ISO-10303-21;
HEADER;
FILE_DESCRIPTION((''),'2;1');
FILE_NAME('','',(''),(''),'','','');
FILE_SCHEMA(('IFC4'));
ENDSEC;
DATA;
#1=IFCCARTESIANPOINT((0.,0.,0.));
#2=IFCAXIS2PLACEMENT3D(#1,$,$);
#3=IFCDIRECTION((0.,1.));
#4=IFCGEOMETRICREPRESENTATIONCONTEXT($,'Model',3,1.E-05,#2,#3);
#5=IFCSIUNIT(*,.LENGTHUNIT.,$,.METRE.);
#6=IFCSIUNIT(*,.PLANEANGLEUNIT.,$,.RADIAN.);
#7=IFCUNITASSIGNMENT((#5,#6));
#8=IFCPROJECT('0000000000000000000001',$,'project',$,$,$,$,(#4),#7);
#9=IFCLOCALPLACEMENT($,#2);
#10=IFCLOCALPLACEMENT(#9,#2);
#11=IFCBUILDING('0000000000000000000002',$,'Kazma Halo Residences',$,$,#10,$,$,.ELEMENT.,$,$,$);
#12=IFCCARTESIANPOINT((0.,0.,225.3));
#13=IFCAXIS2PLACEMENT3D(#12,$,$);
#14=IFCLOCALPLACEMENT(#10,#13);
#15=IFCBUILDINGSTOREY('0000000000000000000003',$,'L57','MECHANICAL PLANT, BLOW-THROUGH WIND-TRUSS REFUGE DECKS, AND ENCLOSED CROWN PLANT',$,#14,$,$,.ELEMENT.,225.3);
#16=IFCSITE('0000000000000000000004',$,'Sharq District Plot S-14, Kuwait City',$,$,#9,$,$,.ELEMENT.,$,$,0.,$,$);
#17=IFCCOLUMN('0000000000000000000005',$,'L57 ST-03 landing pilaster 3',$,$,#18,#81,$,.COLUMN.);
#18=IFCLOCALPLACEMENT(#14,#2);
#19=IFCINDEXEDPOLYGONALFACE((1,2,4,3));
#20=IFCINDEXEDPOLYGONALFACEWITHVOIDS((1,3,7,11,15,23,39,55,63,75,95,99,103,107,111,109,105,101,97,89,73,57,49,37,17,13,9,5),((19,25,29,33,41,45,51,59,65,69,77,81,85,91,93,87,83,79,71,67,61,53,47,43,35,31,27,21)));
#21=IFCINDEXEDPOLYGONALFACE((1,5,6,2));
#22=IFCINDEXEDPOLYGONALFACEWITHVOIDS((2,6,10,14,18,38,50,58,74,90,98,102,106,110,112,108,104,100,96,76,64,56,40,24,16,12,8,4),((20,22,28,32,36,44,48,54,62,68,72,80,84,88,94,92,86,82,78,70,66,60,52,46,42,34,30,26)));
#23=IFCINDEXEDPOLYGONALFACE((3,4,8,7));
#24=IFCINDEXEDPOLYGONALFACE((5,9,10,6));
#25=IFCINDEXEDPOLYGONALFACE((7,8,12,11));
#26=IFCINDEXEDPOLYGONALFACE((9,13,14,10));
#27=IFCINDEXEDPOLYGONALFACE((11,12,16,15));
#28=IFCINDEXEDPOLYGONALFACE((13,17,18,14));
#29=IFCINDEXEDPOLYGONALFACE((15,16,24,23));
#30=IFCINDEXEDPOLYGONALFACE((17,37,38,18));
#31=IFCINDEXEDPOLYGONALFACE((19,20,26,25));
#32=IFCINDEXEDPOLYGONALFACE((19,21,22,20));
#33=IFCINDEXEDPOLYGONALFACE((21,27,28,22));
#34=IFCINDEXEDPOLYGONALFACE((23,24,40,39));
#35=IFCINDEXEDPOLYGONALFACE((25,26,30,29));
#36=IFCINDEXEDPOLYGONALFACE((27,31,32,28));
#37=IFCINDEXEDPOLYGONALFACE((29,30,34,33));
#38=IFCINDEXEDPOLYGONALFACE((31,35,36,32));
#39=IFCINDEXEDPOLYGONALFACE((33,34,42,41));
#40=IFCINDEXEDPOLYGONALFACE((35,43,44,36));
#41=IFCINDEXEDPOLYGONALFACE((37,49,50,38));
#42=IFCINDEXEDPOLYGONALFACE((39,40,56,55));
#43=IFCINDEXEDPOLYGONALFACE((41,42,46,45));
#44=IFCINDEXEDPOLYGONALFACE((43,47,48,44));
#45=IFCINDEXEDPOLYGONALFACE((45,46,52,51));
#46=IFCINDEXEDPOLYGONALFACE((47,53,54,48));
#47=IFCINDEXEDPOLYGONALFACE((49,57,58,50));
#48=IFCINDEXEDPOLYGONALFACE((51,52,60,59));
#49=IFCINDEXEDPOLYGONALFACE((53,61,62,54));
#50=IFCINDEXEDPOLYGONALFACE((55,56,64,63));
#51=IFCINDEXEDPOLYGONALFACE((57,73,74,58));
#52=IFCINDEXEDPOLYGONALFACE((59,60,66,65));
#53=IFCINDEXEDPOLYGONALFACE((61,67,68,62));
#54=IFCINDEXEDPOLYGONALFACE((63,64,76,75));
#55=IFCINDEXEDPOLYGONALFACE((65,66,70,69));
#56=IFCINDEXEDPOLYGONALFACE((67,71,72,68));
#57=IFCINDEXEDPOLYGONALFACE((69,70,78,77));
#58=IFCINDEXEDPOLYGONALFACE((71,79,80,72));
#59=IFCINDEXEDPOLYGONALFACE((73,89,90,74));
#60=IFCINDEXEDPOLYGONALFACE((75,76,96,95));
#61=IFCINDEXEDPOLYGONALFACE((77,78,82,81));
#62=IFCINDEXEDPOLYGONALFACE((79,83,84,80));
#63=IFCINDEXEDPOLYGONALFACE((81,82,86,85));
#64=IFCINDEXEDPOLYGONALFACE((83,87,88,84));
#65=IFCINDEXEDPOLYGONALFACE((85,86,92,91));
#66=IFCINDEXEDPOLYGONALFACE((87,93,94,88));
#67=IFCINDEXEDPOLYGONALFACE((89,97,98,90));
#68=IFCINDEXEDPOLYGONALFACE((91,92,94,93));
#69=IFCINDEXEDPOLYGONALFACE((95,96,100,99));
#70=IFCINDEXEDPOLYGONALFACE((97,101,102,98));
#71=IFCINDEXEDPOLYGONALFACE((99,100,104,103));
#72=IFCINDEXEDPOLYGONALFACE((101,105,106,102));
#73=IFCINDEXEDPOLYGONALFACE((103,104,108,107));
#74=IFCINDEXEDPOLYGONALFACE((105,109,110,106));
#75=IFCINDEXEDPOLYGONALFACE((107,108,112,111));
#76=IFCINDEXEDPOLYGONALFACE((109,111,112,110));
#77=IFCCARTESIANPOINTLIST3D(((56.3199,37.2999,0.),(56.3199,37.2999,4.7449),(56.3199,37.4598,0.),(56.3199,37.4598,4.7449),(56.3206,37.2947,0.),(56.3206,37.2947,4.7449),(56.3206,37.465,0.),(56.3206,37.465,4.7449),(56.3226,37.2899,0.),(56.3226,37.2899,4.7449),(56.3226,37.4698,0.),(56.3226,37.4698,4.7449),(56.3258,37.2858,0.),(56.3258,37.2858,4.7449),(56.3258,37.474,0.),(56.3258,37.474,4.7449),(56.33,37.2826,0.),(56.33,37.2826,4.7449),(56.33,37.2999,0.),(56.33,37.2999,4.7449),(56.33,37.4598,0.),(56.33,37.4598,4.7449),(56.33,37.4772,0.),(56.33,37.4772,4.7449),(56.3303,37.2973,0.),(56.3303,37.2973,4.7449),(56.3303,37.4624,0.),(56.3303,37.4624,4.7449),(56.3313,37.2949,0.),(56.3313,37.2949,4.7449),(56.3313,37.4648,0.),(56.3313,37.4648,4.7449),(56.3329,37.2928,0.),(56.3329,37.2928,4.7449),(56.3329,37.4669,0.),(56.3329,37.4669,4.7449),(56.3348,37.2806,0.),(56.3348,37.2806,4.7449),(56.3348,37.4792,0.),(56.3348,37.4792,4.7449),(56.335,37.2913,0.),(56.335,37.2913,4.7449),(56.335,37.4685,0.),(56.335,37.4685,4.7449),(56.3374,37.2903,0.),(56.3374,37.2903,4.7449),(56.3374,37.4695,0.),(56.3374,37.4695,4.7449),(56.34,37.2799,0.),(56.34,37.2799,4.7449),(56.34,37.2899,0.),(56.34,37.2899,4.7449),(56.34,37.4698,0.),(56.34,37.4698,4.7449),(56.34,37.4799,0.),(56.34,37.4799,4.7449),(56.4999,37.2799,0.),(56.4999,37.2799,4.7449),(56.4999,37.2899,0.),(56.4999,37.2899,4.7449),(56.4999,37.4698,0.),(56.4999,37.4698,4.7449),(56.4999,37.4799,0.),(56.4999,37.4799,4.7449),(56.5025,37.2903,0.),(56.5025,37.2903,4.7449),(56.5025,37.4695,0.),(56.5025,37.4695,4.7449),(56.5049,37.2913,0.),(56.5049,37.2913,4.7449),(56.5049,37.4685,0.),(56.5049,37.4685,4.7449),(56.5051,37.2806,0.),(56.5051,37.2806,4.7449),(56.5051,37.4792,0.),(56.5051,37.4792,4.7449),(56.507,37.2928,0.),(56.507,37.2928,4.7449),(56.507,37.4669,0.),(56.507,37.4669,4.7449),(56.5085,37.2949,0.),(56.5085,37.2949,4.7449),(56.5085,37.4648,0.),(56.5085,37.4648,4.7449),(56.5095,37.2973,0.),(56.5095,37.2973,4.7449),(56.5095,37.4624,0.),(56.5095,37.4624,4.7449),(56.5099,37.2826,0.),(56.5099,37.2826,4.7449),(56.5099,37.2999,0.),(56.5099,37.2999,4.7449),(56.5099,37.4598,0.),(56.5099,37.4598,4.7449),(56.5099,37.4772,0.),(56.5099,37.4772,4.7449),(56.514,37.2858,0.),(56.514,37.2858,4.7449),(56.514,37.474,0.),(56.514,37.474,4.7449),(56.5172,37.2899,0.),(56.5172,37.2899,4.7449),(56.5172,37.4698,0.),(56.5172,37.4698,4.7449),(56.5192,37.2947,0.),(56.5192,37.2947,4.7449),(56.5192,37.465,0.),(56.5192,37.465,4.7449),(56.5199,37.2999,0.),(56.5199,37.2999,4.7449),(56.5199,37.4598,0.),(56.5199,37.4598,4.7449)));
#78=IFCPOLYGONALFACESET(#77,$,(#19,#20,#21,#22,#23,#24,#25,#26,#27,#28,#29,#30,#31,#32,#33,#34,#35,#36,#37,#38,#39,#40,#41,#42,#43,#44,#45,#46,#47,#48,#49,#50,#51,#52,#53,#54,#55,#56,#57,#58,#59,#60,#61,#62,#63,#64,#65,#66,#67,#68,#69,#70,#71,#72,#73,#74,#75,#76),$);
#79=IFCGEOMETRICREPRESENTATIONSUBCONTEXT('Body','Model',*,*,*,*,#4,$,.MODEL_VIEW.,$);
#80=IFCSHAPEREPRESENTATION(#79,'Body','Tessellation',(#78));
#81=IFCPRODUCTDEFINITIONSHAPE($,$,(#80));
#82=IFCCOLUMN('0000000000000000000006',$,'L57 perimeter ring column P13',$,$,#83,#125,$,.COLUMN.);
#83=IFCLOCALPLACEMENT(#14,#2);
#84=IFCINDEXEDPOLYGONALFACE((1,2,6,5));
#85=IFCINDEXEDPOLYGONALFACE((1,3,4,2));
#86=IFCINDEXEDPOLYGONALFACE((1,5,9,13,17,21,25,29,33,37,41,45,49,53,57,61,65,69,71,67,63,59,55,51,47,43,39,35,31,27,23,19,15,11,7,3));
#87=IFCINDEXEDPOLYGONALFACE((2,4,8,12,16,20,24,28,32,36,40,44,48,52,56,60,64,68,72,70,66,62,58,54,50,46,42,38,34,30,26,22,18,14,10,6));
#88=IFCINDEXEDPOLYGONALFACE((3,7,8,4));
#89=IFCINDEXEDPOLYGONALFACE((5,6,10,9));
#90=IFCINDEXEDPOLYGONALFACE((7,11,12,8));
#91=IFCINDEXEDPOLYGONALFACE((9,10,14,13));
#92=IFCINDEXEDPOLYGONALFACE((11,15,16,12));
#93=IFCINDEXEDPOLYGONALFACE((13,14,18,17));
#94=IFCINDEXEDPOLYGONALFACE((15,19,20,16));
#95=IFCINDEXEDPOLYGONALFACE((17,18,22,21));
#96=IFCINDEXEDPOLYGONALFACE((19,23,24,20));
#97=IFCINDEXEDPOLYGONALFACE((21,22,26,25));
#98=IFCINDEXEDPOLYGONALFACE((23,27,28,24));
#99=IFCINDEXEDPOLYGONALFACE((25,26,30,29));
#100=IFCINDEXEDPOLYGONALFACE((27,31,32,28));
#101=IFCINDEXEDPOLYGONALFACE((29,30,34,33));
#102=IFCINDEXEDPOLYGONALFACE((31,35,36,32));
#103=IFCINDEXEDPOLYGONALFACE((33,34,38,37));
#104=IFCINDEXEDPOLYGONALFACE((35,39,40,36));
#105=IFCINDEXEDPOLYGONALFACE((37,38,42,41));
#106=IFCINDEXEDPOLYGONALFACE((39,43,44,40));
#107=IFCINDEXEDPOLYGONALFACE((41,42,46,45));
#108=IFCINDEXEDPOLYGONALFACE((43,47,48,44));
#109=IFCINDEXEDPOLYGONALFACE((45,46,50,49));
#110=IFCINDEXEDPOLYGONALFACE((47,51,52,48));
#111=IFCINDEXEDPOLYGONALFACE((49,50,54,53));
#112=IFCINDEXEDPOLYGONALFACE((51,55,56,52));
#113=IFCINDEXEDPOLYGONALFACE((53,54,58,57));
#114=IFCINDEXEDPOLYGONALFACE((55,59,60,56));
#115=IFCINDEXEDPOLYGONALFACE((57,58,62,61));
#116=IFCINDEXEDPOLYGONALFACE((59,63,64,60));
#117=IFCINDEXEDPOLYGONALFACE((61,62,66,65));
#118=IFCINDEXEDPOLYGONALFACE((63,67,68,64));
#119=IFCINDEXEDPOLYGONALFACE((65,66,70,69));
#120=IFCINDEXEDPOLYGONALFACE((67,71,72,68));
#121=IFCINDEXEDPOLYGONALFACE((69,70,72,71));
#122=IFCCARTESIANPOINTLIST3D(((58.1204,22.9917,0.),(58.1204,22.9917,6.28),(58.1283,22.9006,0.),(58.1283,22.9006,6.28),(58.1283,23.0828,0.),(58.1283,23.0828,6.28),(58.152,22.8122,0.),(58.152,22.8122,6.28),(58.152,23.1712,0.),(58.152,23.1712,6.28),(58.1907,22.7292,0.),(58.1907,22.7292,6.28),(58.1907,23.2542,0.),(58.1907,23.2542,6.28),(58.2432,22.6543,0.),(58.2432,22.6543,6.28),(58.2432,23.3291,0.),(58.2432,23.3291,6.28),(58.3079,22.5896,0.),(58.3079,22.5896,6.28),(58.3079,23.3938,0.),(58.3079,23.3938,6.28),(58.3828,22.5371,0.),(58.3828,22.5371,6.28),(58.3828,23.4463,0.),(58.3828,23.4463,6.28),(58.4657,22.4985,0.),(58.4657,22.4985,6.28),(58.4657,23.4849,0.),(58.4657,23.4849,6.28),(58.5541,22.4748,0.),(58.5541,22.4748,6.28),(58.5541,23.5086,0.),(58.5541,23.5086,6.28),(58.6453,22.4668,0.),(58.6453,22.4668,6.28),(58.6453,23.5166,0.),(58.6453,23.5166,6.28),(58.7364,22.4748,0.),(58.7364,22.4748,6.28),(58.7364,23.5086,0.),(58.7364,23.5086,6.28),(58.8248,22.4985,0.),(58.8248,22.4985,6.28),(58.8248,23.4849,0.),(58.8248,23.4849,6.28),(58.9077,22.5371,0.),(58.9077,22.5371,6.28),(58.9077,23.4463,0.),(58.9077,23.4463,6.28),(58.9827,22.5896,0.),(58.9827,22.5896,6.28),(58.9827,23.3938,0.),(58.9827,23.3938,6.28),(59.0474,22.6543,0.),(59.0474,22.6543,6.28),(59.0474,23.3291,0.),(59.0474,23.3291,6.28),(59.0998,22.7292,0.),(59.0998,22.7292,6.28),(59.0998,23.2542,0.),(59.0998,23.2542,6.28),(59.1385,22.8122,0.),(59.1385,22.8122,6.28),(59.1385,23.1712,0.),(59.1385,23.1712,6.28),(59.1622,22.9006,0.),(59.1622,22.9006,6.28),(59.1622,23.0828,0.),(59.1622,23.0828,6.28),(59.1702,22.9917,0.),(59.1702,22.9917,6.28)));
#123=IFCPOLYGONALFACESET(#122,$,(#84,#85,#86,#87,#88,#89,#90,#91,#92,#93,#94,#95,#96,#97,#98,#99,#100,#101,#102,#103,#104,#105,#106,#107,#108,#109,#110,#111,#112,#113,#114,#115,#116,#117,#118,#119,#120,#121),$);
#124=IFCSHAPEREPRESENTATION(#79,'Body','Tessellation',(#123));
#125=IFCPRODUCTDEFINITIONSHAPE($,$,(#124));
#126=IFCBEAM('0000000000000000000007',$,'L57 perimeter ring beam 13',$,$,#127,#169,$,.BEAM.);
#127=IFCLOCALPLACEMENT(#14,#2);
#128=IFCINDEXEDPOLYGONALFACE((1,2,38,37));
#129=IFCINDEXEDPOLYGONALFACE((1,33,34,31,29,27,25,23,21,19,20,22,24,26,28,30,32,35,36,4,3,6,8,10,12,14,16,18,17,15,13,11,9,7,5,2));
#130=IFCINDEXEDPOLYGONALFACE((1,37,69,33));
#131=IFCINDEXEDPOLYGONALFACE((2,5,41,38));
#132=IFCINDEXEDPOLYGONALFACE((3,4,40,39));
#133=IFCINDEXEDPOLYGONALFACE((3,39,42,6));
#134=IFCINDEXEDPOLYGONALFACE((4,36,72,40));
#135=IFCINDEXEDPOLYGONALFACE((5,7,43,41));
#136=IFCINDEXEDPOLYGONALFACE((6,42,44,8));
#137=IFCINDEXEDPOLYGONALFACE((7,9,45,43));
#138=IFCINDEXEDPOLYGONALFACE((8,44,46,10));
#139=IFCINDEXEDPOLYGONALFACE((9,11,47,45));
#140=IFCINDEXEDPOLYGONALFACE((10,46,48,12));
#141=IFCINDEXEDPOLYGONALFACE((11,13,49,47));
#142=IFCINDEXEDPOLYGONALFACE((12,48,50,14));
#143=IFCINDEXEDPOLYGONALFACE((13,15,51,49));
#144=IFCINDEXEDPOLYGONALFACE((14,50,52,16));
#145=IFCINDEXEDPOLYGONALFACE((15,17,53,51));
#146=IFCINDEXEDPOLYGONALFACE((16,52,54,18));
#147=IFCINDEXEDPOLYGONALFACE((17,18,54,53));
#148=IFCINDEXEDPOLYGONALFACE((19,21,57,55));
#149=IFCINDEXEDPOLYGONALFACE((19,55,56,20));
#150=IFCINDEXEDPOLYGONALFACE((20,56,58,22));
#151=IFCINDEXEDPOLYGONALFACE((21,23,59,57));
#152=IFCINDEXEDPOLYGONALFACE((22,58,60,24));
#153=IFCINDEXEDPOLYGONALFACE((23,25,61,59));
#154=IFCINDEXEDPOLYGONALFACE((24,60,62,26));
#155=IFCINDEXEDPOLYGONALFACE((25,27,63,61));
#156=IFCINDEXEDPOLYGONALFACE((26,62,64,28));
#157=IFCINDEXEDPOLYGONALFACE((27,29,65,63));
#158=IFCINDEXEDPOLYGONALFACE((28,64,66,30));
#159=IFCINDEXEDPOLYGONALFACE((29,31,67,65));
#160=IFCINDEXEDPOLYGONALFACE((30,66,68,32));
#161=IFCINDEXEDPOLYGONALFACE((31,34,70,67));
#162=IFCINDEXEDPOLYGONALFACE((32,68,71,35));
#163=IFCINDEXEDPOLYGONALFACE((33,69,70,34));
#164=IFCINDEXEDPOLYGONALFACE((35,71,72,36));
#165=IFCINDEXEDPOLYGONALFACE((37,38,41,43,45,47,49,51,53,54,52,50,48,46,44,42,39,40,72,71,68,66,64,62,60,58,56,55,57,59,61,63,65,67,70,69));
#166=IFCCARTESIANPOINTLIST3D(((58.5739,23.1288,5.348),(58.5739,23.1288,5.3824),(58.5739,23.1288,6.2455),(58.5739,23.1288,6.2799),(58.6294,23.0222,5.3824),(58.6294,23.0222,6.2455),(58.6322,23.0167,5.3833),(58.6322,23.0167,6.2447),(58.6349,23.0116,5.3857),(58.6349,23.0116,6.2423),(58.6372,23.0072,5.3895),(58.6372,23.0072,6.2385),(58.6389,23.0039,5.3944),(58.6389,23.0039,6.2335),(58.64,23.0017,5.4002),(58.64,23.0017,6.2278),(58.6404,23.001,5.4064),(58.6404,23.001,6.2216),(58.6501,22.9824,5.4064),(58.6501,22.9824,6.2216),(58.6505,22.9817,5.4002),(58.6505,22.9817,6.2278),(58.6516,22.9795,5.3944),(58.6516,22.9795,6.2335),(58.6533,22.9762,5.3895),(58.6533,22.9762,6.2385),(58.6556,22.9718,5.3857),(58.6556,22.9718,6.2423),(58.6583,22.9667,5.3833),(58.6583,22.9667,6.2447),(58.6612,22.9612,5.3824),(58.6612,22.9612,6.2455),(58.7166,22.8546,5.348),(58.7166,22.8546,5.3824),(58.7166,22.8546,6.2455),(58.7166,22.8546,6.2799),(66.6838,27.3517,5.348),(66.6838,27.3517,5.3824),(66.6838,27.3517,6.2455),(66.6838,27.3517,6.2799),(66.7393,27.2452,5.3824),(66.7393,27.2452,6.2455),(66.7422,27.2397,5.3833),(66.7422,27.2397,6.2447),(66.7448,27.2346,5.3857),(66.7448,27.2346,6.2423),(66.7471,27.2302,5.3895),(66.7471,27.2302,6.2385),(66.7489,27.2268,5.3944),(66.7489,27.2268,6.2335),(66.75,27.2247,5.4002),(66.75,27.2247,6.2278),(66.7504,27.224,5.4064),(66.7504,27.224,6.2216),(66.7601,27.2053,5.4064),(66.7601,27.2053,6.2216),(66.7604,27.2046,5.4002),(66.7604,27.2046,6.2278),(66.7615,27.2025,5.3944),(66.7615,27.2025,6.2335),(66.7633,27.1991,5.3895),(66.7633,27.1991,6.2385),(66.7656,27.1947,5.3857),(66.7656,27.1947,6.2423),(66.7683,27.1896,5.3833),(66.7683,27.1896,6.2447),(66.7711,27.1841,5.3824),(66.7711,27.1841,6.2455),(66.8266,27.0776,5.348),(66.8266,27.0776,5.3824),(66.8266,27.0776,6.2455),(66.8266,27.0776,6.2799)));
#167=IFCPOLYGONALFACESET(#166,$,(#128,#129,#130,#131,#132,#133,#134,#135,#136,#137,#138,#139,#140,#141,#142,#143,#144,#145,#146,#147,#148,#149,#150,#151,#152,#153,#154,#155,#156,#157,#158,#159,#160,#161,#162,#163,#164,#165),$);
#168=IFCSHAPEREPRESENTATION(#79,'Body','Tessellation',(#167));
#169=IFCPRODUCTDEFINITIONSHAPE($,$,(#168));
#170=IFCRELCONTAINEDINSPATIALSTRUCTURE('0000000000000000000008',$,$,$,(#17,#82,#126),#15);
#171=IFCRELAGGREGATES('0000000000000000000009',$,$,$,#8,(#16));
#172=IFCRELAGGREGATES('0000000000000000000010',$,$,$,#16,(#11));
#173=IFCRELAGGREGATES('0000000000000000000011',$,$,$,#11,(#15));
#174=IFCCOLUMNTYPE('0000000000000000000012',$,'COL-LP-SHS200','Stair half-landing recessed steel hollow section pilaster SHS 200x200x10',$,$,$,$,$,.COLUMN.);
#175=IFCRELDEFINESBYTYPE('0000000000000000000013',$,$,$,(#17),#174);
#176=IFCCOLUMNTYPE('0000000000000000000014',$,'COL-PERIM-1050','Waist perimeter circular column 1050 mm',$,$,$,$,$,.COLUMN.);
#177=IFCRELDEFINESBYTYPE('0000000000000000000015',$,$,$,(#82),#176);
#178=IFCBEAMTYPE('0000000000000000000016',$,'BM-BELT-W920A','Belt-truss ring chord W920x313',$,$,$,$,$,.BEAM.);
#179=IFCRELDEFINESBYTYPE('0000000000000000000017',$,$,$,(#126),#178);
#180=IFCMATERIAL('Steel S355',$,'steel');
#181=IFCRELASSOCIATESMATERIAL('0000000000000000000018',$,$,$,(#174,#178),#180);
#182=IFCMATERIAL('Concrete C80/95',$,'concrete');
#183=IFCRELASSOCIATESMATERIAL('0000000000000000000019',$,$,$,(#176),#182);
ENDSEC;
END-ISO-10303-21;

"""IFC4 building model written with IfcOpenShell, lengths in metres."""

from ifc_helpers import new_model, si_unit, direction, frame, origin, origin_2d, place, context, subcontext, project, spatial, hollow_rectangle, circle, i_section, extrude, material, material_profile, profile_set, type_object, element, save


model = new_model("IFC4")

# Units and contexts
model_context = context("Model", 3, precision=1e-05, world=origin(), true_north=direction((0.0, 1.0)))
body_context = subcontext(model_context, "Body", "Model", "MODEL_VIEW")
ifc_project = project(units=[si_unit("LENGTHUNIT", "METRE"), si_unit("PLANEANGLEUNIT", "RADIAN")], contexts=[model_context])

# Site, building, storey
site_placement = place(None, origin())
site = spatial("IfcSite", under=ifc_project, at=site_placement, Name="Sharq District Plot S-14, Kuwait City", CompositionType="ELEMENT", RefElevation=0.0)
building_placement = place(site_placement, origin())
building = spatial("IfcBuilding", under=site, at=building_placement, Name="Kazma Halo Residences", CompositionType="ELEMENT")
storey_placement = place(building_placement, frame((0.0, 0.0, 225.3)))
storey = spatial("IfcBuildingStorey", under=building, at=storey_placement, Name="L57", Description="MECHANICAL PLANT, BLOW-THROUGH WIND-TRUSS REFUGE DECKS, AND ENCLOSED CROWN PLANT", CompositionType="ELEMENT", Elevation=225.3)

# Columns
ifc_material_1 = material(Name="Steel S355", Category="steel")
ifc_material_profile_1 = material_profile(ifc_material_1, hollow_rectangle(XDim=0.2, YDim=0.2, WallThickness=0.01, InnerFilletRadius=0.01, OuterFilletRadius=0.02, at=origin_2d()), Name="SHS200x200x10")
ifc_profile_set_1 = profile_set([ifc_material_profile_1], Name="Steel S355")
column_type_1 = type_object("IfcColumnType", Name="COL-LP-SHS200", Description="Stair half-landing recessed steel hollow section pilaster SHS 200x200x10", PredefinedType="COLUMN", material=ifc_profile_set_1)
column_1_placement = place(storey_placement, frame((56.4199, 37.3799, 0.0), z_axis=(0.0, 0.0, 1.0), x_axis=(1.0, 0.0, 0.0)))
element("IfcColumn", 1, at=column_1_placement, inside=storey, type_object=column_type_1, Name="L57 ST-03 landing pilaster 3", PredefinedType="COLUMN", context=body_context, shape_type="SweptSolid", body=[
    extrude(hollow_rectangle(XDim=0.2, YDim=0.2, WallThickness=0.01, InnerFilletRadius=0.01, OuterFilletRadius=0.02, at=origin_2d()), origin(), (0.0, 0.0, 1.0), 4.7449),
])
ifc_material_2 = material(Name="Concrete C80/95", Category="concrete")
ifc_material_profile_2 = material_profile(ifc_material_2, circle(Radius=0.5249, at=origin_2d()), Name="CIRC1050")
ifc_profile_set_2 = profile_set([ifc_material_profile_2], Name="Concrete C80/95")
column_type_2 = type_object("IfcColumnType", Name="COL-PERIM-1050", Description="Waist perimeter circular column 1050 mm", PredefinedType="COLUMN", material=ifc_profile_set_2)
column_2_placement = place(storey_placement, frame((58.6453, 22.9917, 0.0), z_axis=(0.0, 0.0, 1.0), x_axis=(1.0, 0.0, 0.0)))
element("IfcColumn", 2, at=column_2_placement, inside=storey, type_object=column_type_2, Name="L57 perimeter ring column P13", PredefinedType="COLUMN", context=body_context, shape_type="SweptSolid", body=[
    extrude(circle(Radius=0.5249, at=origin_2d()), origin(), (0.0, 0.0, 1.0), 6.28),
])

# Beam
ifc_material_profile_3 = material_profile(ifc_material_1, i_section(OverallWidth=0.3091, OverallDepth=0.9319, WebThickness=0.021, FlangeThickness=0.0344, FilletRadius=0.0239, at=origin_2d()), Name="W920x313")
ifc_profile_set_3 = profile_set([ifc_material_profile_3], Name="Steel S355")
beam_type_1 = type_object("IfcBeamType", Name="BM-BELT-W920A", Description="Belt-truss ring chord W920x313", PredefinedType="BEAM", material=ifc_profile_set_3)
beam_1_placement = place(storey_placement, frame((58.6453, 22.9917, 5.814), z_axis=(0.886958, 0.46185, 0.0), x_axis=(-0.46185, 0.886958, 0.0)))
element("IfcBeam", 3, at=beam_1_placement, inside=storey, type_object=beam_type_1, Name="L57 perimeter ring beam 13", PredefinedType="BEAM", context=body_context, shape_type="SweptSolid", body=[
    extrude(i_section(OverallWidth=0.3091, OverallDepth=0.9319, WebThickness=0.021, FlangeThickness=0.0344, FilletRadius=0.0239, at=origin_2d()), origin(), (0.0, 0.0, 1.0), 9.1436),
])

save(model, "model.ifc")
